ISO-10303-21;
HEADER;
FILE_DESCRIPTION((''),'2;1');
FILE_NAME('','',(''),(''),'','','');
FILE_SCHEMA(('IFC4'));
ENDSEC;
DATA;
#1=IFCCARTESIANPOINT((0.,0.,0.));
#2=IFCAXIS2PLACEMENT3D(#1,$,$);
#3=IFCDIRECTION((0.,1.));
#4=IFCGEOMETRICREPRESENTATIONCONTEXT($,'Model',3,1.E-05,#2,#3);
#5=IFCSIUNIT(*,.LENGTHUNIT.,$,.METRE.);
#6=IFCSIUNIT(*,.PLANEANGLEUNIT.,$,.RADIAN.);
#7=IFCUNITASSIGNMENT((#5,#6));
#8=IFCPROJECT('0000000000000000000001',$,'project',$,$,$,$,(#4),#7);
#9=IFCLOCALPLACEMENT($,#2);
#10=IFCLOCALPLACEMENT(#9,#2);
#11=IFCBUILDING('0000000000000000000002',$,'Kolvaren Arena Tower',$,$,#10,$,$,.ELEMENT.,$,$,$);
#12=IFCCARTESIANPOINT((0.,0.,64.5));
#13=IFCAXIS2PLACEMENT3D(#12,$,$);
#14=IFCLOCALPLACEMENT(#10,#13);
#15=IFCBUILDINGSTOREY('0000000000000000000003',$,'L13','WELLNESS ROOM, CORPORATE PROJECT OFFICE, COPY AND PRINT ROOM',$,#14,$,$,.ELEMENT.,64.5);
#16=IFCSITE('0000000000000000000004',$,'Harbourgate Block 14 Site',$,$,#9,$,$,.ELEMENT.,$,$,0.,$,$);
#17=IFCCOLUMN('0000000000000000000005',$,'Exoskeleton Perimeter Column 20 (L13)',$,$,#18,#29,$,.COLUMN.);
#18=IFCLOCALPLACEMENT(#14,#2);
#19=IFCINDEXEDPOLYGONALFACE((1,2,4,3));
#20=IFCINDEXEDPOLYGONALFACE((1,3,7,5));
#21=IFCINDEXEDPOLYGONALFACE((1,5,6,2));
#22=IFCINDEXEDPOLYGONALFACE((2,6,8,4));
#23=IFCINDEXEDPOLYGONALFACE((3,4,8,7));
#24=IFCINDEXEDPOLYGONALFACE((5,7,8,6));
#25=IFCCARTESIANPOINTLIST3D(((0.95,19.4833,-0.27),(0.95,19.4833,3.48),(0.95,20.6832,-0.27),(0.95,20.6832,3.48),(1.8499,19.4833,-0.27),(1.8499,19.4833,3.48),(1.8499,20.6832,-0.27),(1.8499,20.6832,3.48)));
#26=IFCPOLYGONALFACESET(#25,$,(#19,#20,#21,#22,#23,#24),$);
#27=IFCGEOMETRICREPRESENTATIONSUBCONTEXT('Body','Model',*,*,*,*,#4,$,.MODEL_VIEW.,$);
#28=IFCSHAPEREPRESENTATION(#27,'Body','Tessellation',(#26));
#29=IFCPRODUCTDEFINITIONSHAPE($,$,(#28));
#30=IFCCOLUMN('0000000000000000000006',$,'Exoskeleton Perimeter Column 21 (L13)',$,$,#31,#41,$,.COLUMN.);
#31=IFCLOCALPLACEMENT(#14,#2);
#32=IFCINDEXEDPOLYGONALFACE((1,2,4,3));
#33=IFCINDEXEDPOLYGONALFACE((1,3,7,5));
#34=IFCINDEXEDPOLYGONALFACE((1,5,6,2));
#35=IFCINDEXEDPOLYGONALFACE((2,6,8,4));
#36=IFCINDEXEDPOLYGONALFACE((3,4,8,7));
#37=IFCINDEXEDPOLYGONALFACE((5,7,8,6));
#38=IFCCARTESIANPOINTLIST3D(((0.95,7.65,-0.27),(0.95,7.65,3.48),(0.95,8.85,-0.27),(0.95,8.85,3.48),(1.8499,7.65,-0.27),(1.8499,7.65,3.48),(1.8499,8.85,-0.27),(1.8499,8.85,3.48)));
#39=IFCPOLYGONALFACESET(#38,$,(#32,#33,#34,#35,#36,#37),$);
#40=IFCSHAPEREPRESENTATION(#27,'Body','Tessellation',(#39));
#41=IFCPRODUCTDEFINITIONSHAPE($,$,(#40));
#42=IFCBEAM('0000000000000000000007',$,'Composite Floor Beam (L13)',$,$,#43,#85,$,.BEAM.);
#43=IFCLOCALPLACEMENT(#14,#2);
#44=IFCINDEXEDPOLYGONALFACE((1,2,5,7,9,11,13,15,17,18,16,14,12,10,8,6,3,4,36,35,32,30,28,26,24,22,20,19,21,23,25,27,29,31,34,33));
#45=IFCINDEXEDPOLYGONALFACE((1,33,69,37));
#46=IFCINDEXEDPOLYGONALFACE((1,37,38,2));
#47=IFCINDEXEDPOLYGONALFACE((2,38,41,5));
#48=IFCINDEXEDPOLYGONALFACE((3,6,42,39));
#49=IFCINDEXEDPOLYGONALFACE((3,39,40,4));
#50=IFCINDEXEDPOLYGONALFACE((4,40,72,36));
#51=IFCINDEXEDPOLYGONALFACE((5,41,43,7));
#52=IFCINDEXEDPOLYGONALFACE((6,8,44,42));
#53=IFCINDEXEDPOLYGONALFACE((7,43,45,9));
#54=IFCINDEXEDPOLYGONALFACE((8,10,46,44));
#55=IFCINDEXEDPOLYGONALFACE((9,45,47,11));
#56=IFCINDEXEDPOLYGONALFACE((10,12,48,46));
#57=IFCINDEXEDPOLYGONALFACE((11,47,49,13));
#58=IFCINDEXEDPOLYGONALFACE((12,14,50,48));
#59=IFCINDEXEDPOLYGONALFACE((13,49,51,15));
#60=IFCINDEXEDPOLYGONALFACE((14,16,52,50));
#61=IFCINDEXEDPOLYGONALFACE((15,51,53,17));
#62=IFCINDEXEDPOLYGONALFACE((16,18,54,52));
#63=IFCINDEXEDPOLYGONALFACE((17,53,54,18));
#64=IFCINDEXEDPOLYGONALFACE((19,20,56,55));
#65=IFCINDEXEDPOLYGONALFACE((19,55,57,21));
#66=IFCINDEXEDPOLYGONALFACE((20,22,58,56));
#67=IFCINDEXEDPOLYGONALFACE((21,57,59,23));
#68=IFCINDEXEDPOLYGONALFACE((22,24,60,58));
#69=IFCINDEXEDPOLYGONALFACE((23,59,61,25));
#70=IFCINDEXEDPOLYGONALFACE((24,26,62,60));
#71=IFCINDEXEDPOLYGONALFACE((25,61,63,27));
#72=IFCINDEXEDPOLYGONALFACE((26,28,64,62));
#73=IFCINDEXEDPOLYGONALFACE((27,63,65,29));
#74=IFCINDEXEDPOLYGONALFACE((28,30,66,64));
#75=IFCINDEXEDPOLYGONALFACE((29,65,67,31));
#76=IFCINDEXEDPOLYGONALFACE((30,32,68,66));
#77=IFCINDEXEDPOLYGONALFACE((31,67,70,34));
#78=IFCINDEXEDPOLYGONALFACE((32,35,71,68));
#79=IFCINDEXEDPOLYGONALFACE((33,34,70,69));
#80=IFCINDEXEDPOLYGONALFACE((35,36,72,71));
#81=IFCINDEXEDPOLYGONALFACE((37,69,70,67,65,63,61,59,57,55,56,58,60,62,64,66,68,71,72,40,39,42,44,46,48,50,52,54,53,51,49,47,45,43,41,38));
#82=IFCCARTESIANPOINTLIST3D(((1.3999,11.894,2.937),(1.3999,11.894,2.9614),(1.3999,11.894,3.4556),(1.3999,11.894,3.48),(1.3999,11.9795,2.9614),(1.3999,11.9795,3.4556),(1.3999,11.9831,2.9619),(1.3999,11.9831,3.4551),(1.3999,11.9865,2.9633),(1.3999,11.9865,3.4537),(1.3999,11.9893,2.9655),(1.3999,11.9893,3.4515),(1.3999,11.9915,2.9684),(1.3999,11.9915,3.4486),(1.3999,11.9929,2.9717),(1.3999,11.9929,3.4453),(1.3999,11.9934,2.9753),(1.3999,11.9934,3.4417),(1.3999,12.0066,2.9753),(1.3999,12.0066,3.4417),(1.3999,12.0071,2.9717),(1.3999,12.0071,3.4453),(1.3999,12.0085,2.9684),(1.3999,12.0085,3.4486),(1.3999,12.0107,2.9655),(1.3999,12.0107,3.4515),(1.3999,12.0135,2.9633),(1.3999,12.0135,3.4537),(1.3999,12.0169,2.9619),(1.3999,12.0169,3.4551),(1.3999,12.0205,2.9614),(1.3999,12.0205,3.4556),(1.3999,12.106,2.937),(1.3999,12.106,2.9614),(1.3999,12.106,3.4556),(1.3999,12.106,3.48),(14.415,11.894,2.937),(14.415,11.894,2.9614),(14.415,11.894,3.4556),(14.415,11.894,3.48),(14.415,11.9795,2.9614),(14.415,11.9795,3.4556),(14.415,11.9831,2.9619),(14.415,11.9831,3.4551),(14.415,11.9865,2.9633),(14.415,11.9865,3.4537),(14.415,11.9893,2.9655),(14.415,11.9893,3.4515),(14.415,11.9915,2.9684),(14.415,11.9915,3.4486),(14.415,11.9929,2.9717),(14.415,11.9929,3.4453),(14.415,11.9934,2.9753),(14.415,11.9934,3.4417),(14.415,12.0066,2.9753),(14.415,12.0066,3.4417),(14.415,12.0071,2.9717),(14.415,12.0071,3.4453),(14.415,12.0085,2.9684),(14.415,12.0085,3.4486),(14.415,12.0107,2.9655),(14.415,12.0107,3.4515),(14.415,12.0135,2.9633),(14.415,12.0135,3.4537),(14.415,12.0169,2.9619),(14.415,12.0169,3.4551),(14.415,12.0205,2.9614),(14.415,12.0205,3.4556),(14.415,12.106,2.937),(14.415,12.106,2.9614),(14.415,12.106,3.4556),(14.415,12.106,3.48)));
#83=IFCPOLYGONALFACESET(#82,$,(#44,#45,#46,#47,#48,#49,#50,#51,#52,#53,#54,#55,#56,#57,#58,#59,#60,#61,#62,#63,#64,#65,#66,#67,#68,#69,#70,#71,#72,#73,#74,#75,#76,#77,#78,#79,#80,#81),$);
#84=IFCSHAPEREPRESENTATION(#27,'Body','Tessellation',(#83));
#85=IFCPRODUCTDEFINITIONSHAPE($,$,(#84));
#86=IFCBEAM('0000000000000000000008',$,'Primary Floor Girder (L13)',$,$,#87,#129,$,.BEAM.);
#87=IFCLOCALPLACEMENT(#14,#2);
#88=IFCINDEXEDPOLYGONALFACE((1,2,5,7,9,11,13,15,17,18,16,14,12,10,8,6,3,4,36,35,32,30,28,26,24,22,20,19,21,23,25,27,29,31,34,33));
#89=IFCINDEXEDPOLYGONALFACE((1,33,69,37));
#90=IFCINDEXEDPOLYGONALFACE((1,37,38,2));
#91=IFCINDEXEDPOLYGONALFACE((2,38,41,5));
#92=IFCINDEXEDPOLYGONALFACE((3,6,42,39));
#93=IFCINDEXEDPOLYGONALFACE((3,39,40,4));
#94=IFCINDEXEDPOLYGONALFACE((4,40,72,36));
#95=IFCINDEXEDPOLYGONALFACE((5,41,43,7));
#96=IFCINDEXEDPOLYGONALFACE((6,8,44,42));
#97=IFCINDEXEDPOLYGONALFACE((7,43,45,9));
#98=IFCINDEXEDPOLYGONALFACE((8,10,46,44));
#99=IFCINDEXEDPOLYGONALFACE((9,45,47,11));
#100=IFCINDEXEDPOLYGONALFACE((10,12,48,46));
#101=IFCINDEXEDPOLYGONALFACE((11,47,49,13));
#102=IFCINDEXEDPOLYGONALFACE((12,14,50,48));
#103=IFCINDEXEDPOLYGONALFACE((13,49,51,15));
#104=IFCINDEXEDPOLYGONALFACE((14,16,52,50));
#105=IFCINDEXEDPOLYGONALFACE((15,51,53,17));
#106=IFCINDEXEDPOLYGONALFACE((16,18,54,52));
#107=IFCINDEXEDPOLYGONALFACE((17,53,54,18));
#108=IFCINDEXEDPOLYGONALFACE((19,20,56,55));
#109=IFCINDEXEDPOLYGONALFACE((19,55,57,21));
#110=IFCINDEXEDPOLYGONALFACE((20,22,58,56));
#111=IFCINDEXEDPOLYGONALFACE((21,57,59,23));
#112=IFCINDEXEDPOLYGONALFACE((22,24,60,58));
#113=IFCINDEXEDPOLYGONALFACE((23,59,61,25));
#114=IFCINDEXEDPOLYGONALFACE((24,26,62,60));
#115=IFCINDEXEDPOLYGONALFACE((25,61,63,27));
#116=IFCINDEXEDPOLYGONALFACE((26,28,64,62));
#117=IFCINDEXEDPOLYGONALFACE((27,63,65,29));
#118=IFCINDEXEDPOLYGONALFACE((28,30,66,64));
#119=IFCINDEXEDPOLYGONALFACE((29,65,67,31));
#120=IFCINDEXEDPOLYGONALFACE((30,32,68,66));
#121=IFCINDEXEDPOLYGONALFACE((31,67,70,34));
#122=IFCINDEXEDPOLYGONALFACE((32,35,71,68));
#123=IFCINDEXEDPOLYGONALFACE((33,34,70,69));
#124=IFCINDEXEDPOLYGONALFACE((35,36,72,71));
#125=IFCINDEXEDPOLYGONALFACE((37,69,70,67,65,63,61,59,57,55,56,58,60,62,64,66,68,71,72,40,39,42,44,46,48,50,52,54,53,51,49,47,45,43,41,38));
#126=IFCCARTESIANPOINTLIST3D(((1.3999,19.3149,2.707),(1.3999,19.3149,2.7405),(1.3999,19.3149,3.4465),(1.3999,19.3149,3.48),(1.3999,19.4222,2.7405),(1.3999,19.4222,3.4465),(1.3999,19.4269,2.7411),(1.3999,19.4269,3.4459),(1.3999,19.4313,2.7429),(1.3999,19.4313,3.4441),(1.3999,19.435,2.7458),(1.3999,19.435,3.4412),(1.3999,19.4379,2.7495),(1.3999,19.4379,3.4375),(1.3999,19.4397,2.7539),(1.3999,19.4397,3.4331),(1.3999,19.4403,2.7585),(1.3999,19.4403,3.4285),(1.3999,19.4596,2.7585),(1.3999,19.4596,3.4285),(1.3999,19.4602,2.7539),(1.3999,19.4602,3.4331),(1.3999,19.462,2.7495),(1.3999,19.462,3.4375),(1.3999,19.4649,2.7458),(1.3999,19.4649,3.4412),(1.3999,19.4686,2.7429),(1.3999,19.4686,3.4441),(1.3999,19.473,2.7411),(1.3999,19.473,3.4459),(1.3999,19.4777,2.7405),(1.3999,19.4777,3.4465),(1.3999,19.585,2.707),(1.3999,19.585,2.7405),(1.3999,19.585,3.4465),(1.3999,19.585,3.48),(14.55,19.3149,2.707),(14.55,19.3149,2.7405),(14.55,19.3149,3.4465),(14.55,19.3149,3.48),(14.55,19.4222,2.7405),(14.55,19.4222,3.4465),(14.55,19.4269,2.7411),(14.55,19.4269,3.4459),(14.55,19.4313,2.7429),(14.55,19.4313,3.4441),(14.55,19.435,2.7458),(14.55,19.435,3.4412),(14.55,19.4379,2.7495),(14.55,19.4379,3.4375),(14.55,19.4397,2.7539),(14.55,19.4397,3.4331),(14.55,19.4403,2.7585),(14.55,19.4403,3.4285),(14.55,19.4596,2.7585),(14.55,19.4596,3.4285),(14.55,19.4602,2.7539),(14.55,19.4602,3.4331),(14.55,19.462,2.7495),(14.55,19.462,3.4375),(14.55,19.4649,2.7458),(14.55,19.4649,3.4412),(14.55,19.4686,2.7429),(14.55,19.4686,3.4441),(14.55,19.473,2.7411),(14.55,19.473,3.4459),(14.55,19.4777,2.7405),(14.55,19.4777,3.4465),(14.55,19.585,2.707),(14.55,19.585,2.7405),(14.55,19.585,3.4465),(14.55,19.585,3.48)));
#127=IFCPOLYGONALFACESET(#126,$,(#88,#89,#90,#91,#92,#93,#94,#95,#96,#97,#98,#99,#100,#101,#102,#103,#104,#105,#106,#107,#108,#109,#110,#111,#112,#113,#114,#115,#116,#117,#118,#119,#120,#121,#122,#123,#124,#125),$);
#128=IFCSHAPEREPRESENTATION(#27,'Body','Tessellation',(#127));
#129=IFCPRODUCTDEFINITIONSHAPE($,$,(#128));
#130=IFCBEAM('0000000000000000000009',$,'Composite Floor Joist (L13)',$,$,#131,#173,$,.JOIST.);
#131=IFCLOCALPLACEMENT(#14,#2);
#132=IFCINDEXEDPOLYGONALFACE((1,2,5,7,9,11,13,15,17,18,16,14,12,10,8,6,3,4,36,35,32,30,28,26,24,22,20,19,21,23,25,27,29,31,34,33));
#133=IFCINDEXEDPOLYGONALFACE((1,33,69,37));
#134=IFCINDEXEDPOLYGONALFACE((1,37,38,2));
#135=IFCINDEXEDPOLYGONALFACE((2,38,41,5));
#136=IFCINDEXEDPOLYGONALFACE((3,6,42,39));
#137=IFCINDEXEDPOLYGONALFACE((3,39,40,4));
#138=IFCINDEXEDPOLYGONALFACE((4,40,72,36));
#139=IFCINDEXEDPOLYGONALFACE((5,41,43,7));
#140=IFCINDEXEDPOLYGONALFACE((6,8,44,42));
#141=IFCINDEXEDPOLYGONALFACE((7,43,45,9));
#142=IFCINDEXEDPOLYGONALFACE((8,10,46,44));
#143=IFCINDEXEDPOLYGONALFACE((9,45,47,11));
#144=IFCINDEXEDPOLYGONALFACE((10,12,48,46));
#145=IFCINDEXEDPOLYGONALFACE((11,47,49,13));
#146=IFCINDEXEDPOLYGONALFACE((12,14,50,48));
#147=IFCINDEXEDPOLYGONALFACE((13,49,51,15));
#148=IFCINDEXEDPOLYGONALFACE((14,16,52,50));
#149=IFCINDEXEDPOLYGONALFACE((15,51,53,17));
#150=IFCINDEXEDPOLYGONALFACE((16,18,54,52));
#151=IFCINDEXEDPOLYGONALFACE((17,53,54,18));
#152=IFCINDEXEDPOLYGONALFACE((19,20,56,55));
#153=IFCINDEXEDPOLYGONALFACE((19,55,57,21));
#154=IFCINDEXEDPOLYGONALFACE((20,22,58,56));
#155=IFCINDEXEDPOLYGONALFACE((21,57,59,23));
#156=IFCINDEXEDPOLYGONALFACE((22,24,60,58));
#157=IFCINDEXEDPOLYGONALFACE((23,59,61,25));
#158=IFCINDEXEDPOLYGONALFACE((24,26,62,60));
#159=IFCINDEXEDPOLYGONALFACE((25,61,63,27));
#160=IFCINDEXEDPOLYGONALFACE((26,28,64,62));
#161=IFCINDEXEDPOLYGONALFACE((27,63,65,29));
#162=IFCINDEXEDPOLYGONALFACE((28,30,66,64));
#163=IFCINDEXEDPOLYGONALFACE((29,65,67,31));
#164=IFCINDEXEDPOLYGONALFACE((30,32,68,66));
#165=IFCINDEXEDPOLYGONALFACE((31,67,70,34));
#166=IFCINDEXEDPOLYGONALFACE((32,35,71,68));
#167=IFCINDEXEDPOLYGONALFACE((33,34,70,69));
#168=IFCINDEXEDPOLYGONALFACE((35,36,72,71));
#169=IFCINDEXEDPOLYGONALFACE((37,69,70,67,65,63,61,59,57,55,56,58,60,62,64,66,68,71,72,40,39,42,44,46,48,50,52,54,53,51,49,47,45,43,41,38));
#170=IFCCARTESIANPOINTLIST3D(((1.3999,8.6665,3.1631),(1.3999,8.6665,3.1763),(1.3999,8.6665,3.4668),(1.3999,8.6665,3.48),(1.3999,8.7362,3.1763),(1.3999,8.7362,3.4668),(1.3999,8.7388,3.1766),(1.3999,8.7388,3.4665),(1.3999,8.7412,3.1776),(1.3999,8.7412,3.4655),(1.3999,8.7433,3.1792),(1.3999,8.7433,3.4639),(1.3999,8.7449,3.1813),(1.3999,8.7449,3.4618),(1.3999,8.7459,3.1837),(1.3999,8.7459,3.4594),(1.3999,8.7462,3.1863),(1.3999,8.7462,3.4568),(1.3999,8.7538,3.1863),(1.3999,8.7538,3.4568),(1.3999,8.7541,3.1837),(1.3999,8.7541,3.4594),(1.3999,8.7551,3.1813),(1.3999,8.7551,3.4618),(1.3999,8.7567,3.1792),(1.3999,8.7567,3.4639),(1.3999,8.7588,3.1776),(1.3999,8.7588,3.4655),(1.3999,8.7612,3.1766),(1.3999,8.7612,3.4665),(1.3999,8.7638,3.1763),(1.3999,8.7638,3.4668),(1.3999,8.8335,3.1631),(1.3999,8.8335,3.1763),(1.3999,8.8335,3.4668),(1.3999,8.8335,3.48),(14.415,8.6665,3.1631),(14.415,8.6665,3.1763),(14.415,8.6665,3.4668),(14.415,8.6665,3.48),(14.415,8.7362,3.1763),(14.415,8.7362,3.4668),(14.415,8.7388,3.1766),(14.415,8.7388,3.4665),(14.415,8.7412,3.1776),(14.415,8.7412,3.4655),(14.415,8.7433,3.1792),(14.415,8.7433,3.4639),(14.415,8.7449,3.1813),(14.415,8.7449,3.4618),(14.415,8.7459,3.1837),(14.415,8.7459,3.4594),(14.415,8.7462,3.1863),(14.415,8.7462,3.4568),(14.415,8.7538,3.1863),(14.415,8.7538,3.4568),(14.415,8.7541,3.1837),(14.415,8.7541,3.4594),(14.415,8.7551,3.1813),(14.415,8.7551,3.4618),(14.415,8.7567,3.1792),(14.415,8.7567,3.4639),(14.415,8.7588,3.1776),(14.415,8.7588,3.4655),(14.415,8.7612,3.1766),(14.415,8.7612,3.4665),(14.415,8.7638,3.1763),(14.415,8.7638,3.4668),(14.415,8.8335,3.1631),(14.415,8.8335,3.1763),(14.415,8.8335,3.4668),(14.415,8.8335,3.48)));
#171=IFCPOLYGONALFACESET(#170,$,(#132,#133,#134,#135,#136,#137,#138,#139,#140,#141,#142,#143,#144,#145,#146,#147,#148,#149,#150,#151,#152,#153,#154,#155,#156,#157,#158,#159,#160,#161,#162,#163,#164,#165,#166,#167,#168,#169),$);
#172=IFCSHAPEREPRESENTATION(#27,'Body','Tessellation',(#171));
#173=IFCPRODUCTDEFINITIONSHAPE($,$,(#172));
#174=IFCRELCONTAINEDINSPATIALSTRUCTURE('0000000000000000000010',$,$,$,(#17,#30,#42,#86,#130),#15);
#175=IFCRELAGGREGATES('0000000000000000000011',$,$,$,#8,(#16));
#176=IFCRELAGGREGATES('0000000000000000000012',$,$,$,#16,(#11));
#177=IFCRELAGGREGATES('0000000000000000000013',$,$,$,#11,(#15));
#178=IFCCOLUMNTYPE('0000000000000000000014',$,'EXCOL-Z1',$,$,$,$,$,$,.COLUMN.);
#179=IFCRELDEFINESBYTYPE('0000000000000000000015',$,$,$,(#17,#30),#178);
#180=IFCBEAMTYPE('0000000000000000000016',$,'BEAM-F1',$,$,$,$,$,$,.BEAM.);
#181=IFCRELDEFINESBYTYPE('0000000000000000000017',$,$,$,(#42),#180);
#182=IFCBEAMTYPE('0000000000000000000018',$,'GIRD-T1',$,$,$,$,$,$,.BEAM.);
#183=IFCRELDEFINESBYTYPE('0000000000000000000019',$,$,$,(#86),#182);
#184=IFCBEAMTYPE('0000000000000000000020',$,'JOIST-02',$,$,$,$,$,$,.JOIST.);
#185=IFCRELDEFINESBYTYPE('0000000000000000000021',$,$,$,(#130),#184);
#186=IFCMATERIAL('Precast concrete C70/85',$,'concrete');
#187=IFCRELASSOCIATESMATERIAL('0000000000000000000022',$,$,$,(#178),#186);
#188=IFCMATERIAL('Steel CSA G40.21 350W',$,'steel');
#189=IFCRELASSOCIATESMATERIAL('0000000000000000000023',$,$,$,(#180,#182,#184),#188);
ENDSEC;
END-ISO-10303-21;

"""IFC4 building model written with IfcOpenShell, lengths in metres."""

from ifc_helpers import new_model, si_unit, direction, frame, origin, origin_2d, place, context, subcontext, project, spatial, rectangle, i_section, extrude, material, material_profile, profile_set, type_object, element, save


model = new_model("IFC4")

# Units and contexts
model_context = context("Model", 3, precision=1e-05, world=origin(), true_north=direction((0.0, 1.0)))
body_context = subcontext(model_context, "Body", "Model", "MODEL_VIEW")
ifc_project = project(units=[si_unit("LENGTHUNIT", "METRE"), si_unit("PLANEANGLEUNIT", "RADIAN")], contexts=[model_context])

# Site, building, storey
site_placement = place(None, origin())
site = spatial("IfcSite", under=ifc_project, at=site_placement, Name="Harbourgate Block 14 Site", CompositionType="ELEMENT", RefElevation=0.0)
building_placement = place(site_placement, origin())
building = spatial("IfcBuilding", under=site, at=building_placement, Name="Kolvaren Arena Tower", CompositionType="ELEMENT")
storey_placement = place(building_placement, frame((0.0, 0.0, 64.5)))
storey = spatial("IfcBuildingStorey", under=building, at=storey_placement, Name="L13", Description="WELLNESS ROOM, CORPORATE PROJECT OFFICE, COPY AND PRINT ROOM", CompositionType="ELEMENT", Elevation=64.5)

# Columns
ifc_material_1 = material(Name="Precast concrete C70/85", Category="concrete")
ifc_material_profile_1 = material_profile(ifc_material_1, rectangle(XDim=1.2, YDim=0.8999, at=origin_2d()), Name="RC-1200x900")
ifc_profile_set_1 = profile_set([ifc_material_profile_1], Name="Precast concrete C70/85")
column_type = type_object("IfcColumnType", Name="EXCOL-Z1", PredefinedType="COLUMN", material=ifc_profile_set_1)
for number, where, z_axis, x_axis, name in (
    (1, (1.3999, 20.0833, -0.27), (0.0, 0.0, 1.0), (0.0, 1.0, 0.0), "Exoskeleton Perimeter Column 20 (L13)"),
    (2, (1.3999, 8.25, -0.27), (0.0, 0.0, 1.0), (0.0, 1.0, 0.0), "Exoskeleton Perimeter Column 21 (L13)"),
):
    element("IfcColumn", number, at=place(storey_placement, frame(where, z_axis=z_axis, x_axis=x_axis)), inside=storey, type_object=column_type, Name=name, PredefinedType="COLUMN", context=body_context, shape_type="SweptSolid", body=[
        extrude(rectangle(XDim=1.2, YDim=0.8999, at=origin_2d()), origin(), (0.0, 0.0, 1.0), 3.75),
    ])

# Beams
ifc_material_2 = material(Name="Steel CSA G40.21 350W", Category="steel")
ifc_material_profile_2 = material_profile(ifc_material_2, i_section(OverallWidth=0.2119, OverallDepth=0.543, WebThickness=0.0132, FlangeThickness=0.0244, FilletRadius=0.0139, at=origin_2d()), Name="W530x150")
ifc_profile_set_2 = profile_set([ifc_material_profile_2], Name="Steel CSA G40.21 350W")
beam_type_1 = type_object("IfcBeamType", Name="BEAM-F1", PredefinedType="BEAM", material=ifc_profile_set_2)
beam_1_placement = place(storey_placement, frame((1.3999, 12.0, 3.2085), z_axis=(1.0, 0.0, 0.0), x_axis=(0.0, 1.0, 0.0)))
element("IfcBeam", 3, at=beam_1_placement, inside=storey, type_object=beam_type_1, Name="Composite Floor Beam (L13)", PredefinedType="BEAM", context=body_context, shape_type="SweptSolid", body=[
    extrude(i_section(OverallWidth=0.2119, OverallDepth=0.543, WebThickness=0.0132, FlangeThickness=0.0244, FilletRadius=0.0139, at=origin_2d()), origin(), (0.0, 0.0, 1.0), 13.0151),
])
ifc_material_profile_3 = material_profile(ifc_material_2, i_section(OverallWidth=0.27, OverallDepth=0.7729, WebThickness=0.0193, FlangeThickness=0.0334, FilletRadius=0.0181, at=origin_2d()), Name="W760x257")
ifc_profile_set_3 = profile_set([ifc_material_profile_3], Name="Steel CSA G40.21 350W")
beam_type_2 = type_object("IfcBeamType", Name="GIRD-T1", PredefinedType="BEAM", material=ifc_profile_set_3)
beam_2_placement = place(storey_placement, frame((1.3999, 19.45, 3.0935), z_axis=(1.0, 0.0, 0.0), x_axis=(0.0, 1.0, 0.0)))
element("IfcBeam", 4, at=beam_2_placement, inside=storey, type_object=beam_type_2, Name="Primary Floor Girder (L13)", PredefinedType="BEAM", context=body_context, shape_type="SweptSolid", body=[
    extrude(i_section(OverallWidth=0.27, OverallDepth=0.7729, WebThickness=0.0193, FlangeThickness=0.0334, FilletRadius=0.0181, at=origin_2d()), origin(), (0.0, 0.0, 1.0), 13.1501),
])
ifc_material_profile_4 = material_profile(ifc_material_2, i_section(OverallWidth=0.167, OverallDepth=0.3169, WebThickness=0.0076, FlangeThickness=0.0132, FilletRadius=0.01, at=origin_2d()), Name="W310x52")
ifc_profile_set_4 = profile_set([ifc_material_profile_4], Name="Steel CSA G40.21 350W")
beam_type_3 = type_object("IfcBeamType", Name="JOIST-02", PredefinedType="JOIST", material=ifc_profile_set_4)
for number, where, z_axis, x_axis, name in (
    (5, (1.3999, 8.75, 3.3215), (1.0, 0.0, 0.0), (0.0, 1.0, 0.0), "Composite Floor Joist (L13)"),
):
    element("IfcBeam", number, at=place(storey_placement, frame(where, z_axis=z_axis, x_axis=x_axis)), inside=storey, type_object=beam_type_3, Name=name, PredefinedType="JOIST", context=body_context, shape_type="SweptSolid", body=[
        extrude(i_section(OverallWidth=0.167, OverallDepth=0.3169, WebThickness=0.0076, FlangeThickness=0.0132, FilletRadius=0.01, at=origin_2d()), origin(), (0.0, 0.0, 1.0), 13.0151),
    ])

save(model, "model.ifc")
